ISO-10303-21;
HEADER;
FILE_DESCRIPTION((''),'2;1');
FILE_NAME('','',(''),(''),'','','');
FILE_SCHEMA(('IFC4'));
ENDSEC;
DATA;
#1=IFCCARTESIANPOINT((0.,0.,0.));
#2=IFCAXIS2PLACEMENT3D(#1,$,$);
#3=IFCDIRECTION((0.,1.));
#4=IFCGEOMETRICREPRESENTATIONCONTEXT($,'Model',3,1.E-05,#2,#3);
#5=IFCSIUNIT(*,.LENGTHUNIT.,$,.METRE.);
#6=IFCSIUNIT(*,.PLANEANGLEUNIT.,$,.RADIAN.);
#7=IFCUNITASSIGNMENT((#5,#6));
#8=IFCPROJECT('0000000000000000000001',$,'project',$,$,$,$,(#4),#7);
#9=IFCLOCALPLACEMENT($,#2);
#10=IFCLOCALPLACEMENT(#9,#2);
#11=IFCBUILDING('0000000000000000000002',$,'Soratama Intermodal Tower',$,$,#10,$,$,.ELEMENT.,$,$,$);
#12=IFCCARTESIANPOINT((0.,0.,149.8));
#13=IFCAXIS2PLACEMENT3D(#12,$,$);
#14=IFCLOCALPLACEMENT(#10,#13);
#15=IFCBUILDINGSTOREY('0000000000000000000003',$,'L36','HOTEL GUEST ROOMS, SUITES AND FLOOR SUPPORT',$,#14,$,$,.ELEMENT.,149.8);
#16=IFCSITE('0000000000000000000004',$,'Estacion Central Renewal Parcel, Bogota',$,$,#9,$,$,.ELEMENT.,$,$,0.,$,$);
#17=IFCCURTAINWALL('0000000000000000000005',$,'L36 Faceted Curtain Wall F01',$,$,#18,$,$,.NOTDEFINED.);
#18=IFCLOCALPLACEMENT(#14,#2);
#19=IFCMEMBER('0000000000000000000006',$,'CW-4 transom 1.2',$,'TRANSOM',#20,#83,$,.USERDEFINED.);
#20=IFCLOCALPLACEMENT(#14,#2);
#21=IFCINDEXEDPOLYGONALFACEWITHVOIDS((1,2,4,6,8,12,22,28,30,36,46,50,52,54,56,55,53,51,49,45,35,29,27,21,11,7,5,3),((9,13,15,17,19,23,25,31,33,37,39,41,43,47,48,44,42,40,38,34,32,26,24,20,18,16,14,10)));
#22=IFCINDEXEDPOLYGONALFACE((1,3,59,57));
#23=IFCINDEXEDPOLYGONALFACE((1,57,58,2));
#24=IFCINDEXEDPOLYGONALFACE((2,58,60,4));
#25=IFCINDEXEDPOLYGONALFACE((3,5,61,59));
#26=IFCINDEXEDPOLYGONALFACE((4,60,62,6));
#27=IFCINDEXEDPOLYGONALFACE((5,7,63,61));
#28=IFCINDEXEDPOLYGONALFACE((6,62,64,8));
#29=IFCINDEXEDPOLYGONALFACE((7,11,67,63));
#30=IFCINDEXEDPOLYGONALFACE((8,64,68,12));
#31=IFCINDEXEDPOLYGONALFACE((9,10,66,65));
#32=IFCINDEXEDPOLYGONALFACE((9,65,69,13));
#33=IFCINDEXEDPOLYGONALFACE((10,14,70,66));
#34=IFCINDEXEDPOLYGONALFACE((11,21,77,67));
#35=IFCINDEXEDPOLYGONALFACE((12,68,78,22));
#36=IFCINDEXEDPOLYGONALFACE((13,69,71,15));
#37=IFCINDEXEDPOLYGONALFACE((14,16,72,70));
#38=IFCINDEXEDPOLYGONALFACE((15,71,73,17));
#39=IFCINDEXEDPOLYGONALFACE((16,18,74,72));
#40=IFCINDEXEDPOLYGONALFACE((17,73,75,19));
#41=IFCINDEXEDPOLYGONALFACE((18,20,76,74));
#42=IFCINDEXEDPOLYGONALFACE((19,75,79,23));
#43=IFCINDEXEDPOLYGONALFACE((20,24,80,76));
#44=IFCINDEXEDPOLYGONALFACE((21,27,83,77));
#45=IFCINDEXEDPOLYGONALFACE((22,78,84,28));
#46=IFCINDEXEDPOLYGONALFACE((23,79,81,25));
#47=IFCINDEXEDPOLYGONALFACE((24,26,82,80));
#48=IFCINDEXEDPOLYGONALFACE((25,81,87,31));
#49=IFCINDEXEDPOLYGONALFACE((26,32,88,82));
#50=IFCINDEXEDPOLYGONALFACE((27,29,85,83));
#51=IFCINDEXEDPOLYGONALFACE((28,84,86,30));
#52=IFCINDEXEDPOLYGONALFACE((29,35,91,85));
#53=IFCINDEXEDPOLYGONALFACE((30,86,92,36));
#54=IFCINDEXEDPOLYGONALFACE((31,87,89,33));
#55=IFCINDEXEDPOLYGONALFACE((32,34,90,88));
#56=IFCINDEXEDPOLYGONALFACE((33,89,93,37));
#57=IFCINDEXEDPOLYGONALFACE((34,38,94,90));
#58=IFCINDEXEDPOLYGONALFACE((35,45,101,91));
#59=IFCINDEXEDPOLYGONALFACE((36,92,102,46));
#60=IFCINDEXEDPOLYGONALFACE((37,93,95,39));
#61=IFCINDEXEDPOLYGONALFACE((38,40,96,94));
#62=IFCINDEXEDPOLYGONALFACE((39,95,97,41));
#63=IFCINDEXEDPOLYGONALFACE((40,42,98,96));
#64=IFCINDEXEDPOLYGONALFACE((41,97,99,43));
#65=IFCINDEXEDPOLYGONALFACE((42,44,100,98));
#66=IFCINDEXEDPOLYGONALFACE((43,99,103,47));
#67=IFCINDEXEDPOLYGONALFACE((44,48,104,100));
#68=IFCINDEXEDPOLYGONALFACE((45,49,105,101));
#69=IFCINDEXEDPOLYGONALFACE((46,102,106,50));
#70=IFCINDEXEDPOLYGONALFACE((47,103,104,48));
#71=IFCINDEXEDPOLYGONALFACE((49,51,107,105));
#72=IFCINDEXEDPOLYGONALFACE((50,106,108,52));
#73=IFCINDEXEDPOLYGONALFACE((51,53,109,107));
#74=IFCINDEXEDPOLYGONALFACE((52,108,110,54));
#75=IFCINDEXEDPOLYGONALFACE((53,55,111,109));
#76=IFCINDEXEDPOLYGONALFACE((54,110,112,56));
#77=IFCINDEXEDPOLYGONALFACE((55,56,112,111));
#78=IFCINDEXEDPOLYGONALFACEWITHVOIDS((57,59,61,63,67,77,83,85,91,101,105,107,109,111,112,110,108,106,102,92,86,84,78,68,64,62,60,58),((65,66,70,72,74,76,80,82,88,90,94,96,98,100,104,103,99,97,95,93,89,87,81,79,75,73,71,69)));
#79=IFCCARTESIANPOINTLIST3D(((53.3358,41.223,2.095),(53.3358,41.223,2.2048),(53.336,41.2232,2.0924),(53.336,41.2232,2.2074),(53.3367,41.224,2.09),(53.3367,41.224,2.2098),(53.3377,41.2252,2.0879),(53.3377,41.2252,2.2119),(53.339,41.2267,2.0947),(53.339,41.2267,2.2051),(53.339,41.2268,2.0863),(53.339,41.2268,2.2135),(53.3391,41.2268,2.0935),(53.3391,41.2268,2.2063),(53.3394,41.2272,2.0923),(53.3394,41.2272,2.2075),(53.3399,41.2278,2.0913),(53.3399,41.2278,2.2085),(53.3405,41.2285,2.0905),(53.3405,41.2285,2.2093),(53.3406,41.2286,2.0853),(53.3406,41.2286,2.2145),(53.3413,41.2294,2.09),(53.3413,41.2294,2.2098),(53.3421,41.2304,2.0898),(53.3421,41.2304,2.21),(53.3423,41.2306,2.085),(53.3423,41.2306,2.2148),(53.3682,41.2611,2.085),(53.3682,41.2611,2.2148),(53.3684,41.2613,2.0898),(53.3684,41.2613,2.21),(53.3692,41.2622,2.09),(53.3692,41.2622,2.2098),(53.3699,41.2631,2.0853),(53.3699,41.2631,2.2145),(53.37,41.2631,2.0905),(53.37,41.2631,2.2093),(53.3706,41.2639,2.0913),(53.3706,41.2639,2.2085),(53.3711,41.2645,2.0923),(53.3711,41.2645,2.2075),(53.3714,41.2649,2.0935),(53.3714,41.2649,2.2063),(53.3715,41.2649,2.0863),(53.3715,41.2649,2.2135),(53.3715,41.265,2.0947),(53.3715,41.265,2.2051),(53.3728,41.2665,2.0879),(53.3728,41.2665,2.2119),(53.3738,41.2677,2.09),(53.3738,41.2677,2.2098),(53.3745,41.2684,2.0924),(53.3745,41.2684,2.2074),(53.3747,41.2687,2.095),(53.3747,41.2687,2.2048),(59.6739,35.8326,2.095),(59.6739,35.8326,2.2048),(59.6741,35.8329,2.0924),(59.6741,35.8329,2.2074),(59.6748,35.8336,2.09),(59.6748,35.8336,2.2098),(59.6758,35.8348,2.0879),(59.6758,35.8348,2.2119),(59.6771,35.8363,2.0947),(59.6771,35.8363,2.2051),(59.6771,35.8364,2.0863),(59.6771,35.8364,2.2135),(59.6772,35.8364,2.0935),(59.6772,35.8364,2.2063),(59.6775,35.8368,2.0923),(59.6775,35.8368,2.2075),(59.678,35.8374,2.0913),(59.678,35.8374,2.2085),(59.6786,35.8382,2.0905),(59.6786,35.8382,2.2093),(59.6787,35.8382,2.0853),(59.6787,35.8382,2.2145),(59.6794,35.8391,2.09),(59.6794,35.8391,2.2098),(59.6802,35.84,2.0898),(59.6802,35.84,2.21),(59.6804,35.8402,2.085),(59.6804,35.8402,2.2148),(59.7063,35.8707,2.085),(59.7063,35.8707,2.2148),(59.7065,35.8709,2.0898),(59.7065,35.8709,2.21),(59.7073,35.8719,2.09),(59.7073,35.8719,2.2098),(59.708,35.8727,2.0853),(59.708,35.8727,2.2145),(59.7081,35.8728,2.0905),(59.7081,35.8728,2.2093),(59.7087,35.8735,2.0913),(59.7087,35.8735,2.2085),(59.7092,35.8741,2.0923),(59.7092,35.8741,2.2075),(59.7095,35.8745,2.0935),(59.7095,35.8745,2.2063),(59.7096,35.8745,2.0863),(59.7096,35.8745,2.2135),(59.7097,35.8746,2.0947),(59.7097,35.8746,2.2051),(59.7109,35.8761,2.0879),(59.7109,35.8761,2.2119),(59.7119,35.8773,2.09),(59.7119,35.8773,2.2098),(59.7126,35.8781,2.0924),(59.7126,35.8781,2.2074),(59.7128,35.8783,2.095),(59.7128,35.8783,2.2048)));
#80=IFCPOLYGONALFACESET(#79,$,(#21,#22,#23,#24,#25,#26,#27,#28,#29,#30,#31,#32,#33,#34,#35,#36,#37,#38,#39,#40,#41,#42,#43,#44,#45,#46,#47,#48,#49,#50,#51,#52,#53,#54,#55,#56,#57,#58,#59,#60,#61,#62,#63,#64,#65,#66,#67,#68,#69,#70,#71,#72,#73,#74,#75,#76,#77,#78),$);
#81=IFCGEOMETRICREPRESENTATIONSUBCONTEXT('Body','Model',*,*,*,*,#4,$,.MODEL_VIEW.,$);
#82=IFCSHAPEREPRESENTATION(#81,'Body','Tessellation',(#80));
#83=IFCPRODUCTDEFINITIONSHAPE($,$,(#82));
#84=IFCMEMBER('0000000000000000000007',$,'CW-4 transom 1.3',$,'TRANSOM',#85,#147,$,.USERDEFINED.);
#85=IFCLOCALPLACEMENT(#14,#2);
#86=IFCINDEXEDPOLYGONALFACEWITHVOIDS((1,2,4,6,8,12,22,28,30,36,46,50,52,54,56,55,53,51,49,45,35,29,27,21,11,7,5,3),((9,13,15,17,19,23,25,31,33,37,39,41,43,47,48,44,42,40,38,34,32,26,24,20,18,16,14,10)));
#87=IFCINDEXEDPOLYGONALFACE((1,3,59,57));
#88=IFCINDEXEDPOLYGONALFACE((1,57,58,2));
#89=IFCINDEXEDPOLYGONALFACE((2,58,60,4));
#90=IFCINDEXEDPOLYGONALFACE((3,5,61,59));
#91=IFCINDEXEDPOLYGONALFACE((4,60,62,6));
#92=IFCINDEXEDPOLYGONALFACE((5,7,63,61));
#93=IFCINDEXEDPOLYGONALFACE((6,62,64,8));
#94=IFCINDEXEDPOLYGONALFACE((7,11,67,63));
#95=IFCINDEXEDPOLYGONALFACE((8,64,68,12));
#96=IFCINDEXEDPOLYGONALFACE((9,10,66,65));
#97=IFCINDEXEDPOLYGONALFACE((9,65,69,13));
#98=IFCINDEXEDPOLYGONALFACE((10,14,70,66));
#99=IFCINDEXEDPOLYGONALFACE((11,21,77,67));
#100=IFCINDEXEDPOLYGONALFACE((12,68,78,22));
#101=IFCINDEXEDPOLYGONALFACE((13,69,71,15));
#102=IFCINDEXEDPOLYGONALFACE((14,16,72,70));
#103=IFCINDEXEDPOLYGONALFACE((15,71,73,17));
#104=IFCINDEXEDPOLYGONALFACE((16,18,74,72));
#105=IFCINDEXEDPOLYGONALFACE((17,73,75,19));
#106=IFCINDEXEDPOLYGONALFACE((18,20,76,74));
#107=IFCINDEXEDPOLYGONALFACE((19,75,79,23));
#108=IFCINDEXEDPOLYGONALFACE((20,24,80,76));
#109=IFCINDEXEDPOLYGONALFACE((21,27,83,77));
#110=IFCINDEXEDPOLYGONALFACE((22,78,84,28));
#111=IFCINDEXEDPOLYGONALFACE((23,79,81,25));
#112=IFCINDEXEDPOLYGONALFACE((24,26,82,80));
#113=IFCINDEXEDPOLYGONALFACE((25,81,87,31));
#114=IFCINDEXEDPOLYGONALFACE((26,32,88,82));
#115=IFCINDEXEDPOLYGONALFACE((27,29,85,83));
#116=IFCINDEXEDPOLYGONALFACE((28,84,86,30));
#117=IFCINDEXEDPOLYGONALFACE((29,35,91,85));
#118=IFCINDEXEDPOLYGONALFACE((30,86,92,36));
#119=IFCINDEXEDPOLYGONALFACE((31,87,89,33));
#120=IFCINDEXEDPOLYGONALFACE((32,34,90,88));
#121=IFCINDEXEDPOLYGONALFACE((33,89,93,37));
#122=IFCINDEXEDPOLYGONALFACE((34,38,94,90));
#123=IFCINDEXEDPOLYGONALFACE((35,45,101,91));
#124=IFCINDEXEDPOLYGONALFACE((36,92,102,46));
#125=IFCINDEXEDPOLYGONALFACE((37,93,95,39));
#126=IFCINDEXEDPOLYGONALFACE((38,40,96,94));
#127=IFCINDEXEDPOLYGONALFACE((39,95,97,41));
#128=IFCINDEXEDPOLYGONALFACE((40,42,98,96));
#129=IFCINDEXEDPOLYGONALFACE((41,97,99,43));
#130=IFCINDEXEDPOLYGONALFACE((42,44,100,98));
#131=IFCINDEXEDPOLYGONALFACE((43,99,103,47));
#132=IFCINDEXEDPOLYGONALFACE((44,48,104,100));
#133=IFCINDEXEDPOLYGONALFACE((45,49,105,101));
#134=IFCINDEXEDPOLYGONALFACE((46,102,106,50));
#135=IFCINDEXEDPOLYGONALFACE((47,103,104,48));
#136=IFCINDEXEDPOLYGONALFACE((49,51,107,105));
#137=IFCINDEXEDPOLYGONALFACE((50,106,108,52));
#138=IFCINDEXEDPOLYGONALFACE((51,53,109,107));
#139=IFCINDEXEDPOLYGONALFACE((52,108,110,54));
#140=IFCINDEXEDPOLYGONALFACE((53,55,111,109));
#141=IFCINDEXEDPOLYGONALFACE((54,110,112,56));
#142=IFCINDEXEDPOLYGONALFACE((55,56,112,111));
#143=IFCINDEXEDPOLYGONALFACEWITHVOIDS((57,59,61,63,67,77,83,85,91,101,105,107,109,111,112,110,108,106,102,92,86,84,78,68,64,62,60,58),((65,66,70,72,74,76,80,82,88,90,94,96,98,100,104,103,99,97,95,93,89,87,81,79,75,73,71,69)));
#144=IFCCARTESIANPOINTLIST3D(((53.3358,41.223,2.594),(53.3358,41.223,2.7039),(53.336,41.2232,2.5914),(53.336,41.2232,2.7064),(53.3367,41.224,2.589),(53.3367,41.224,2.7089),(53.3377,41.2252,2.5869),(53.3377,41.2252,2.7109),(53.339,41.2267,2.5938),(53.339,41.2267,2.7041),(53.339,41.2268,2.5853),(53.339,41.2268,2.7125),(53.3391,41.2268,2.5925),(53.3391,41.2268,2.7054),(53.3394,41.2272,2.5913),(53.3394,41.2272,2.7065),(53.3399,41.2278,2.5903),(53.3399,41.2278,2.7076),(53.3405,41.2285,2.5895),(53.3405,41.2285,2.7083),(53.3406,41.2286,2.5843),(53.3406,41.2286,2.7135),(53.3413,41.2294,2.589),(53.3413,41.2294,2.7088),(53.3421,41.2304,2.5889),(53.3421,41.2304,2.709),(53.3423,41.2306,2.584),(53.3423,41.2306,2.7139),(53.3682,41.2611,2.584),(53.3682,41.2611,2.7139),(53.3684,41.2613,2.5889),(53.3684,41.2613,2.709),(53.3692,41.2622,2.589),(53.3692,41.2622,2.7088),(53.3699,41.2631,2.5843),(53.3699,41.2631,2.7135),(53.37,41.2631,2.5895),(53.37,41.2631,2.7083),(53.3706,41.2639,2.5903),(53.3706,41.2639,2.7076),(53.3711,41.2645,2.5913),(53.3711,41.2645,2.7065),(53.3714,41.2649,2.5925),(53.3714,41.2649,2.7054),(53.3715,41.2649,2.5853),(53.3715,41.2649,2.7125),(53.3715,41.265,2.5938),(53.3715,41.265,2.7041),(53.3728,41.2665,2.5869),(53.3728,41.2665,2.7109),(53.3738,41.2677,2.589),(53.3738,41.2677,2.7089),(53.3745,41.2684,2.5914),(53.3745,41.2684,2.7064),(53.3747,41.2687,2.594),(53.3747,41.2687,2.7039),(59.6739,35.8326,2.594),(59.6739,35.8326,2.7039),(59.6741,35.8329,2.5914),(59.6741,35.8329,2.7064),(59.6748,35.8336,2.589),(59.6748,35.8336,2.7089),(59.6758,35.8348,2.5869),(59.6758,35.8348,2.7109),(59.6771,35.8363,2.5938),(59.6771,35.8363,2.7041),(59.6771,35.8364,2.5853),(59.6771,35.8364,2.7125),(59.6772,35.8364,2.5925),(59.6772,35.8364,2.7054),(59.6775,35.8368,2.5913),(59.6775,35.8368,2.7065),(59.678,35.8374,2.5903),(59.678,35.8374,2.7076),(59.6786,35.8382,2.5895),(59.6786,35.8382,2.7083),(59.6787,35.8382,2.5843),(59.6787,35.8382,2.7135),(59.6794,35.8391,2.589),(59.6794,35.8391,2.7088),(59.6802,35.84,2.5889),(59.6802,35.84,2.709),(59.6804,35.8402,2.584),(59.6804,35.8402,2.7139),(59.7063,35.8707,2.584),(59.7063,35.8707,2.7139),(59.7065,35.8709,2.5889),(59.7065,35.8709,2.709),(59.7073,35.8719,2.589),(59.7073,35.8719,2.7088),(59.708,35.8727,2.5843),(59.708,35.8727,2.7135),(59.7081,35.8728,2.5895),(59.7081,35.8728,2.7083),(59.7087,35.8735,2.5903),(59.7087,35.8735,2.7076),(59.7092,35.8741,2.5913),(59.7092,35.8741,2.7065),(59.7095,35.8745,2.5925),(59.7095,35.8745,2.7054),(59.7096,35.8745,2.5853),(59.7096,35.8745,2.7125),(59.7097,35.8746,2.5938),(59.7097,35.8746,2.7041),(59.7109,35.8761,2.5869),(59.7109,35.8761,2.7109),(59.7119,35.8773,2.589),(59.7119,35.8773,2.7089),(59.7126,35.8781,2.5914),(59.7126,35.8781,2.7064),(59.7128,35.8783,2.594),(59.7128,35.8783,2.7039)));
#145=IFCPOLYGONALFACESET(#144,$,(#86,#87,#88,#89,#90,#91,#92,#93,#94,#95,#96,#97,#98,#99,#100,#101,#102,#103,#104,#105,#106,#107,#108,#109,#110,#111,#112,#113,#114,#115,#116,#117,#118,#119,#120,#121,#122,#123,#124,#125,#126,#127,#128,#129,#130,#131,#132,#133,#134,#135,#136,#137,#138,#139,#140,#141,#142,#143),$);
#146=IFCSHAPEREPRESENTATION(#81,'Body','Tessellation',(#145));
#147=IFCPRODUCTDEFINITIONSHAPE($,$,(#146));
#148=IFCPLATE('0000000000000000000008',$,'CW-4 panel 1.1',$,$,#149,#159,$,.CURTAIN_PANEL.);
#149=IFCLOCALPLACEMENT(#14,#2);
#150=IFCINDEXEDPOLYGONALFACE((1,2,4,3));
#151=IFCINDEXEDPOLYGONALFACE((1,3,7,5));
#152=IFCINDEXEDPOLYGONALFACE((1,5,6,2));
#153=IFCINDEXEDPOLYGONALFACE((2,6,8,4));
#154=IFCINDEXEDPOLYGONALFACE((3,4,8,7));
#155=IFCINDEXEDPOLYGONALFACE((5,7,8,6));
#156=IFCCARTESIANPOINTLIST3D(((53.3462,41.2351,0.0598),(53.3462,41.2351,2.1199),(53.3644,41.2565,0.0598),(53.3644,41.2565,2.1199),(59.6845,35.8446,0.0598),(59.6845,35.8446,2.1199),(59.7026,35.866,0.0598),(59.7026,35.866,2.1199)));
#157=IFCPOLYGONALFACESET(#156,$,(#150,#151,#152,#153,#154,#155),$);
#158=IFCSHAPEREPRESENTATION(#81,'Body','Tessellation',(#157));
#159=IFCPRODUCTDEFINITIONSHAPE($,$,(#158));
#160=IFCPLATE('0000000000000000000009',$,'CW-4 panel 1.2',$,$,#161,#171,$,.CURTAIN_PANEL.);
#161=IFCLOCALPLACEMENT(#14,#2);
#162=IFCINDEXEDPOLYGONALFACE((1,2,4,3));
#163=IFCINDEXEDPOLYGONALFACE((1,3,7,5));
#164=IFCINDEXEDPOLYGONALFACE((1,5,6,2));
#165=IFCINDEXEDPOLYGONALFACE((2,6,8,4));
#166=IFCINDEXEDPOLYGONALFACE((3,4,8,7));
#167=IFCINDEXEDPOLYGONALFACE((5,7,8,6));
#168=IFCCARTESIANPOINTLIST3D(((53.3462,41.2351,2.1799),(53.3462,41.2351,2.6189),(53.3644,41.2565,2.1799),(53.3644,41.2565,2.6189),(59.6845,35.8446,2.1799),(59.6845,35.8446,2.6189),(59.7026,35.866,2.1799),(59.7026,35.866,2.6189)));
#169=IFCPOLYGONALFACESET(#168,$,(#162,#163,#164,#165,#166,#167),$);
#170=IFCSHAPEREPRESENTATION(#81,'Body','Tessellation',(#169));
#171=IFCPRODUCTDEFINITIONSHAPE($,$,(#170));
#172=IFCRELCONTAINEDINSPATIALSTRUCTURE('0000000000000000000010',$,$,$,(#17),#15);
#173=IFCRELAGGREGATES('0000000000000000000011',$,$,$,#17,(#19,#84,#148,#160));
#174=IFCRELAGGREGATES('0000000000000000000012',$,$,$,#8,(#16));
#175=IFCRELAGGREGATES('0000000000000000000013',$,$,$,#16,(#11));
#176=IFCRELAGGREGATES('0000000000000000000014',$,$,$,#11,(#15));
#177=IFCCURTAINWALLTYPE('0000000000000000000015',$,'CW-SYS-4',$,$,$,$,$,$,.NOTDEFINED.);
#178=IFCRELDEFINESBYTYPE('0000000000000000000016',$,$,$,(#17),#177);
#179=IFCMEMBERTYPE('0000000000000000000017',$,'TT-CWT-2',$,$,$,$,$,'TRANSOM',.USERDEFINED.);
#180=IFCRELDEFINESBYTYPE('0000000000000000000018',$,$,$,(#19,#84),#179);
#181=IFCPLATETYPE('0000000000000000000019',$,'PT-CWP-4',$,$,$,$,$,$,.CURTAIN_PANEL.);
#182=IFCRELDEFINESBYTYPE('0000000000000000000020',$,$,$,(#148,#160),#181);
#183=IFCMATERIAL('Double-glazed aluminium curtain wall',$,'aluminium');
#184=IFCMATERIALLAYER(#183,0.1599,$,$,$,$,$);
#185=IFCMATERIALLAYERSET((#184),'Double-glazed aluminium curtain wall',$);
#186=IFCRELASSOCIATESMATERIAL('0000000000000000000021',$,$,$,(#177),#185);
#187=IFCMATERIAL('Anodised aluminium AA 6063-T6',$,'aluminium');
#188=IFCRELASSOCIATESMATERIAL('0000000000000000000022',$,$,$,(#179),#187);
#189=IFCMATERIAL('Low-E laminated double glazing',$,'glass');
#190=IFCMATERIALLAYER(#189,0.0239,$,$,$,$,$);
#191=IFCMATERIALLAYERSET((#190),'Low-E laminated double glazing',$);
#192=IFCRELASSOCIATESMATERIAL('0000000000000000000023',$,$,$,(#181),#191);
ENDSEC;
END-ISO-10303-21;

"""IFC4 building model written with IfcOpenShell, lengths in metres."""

from ifc_helpers import new_model, si_unit, direction, frame, origin, origin_2d, place, context, subcontext, project, spatial, rectangle, hollow_rectangle, extrude, material, layer, layer_set, material_profile, profile_set, type_object, element, aggregate, save


model = new_model("IFC4")

# Units and contexts
model_context = context("Model", 3, precision=1e-05, world=origin(), true_north=direction((0.0, 1.0)))
body_context = subcontext(model_context, "Body", "Model", "MODEL_VIEW")
ifc_project = project(units=[si_unit("LENGTHUNIT", "METRE"), si_unit("PLANEANGLEUNIT", "RADIAN")], contexts=[model_context])

# Site, building, storey
site_placement = place(None, origin())
site = spatial("IfcSite", under=ifc_project, at=site_placement, Name="Estacion Central Renewal Parcel, Bogota", CompositionType="ELEMENT", RefElevation=0.0)
building_placement = place(site_placement, origin())
building = spatial("IfcBuilding", under=site, at=building_placement, Name="Soratama Intermodal Tower", CompositionType="ELEMENT")
storey_placement = place(building_placement, frame((0.0, 0.0, 149.8)))
storey = spatial("IfcBuildingStorey", under=building, at=storey_placement, Name="L36", Description="HOTEL GUEST ROOMS, SUITES AND FLOOR SUPPORT", CompositionType="ELEMENT", Elevation=149.8)

# Curtain wall, members, plates
ifc_material_1 = material(Name="Double-glazed aluminium curtain wall", Category="aluminium")
ifc_layer_1 = layer(ifc_material_1, 0.1599)
ifc_layer_set_1 = layer_set([ifc_layer_1], Name="Double-glazed aluminium curtain wall")
curtain_wall_type = type_object("IfcCurtainWallType", Name="CW-SYS-4", PredefinedType="NOTDEFINED", material=ifc_layer_set_1)
curtain_wall_placement = place(storey_placement, origin())
curtain_wall = element("IfcCurtainWall", 1, at=curtain_wall_placement, inside=storey, type_object=curtain_wall_type, Name="L36 Faceted Curtain Wall F01", PredefinedType="NOTDEFINED")
ifc_material_2 = material(Name="Anodised aluminium AA 6063-T6", Category="aluminium")
ifc_material_profile_1 = material_profile(ifc_material_2, hollow_rectangle(XDim=0.0601, YDim=0.1299, WallThickness=0.0049, InnerFilletRadius=0.0049, OuterFilletRadius=0.01, at=origin_2d()), Name="CWT130X60X5")
ifc_profile_set_1 = profile_set([ifc_material_profile_1], Name="Anodised aluminium AA 6063-T6")
member_type_1 = type_object("IfcMemberType", Name="TT-CWT-2", ElementType="TRANSOM", PredefinedType="USERDEFINED", material=ifc_profile_set_1)
member_1_placement = place(storey_placement, frame((59.6934, 35.8555, 2.1499), z_axis=(-0.761763, 0.647855, 0.0), x_axis=(-0.647855, -0.761763, 0.0)))
member_1 = element("IfcMember", 2, at=member_1_placement, type_object=member_type_1, Name="CW-4 transom 1.2", ObjectType="TRANSOM", PredefinedType="USERDEFINED", context=body_context, shape_type="SweptSolid", body=[
    extrude(hollow_rectangle(XDim=0.0601, YDim=0.1299, WallThickness=0.0049, InnerFilletRadius=0.0049, OuterFilletRadius=0.01, at=origin_2d()), origin(), (0.0, 0.0, 1.0), 8.3203),
])
member_2_placement = place(storey_placement, frame((59.6934, 35.8555, 2.6489), z_axis=(-0.761763, 0.647855, 0.0), x_axis=(-0.647855, -0.761763, 0.0)))
member_2 = element("IfcMember", 3, at=member_2_placement, type_object=member_type_1, Name="CW-4 transom 1.3", ObjectType="TRANSOM", PredefinedType="USERDEFINED", context=body_context, shape_type="SweptSolid", body=[
    extrude(hollow_rectangle(XDim=0.0601, YDim=0.1299, WallThickness=0.0049, InnerFilletRadius=0.0049, OuterFilletRadius=0.01, at=origin_2d()), origin(), (0.0, 0.0, 1.0), 8.3203),
])
ifc_material_3 = material(Name="Low-E laminated double glazing", Category="glass")
ifc_layer_2 = layer(ifc_material_3, 0.0239)
ifc_layer_set_2 = layer_set([ifc_layer_2], Name="Low-E laminated double glazing")
plate_type = type_object("IfcPlateType", Name="PT-CWP-4", PredefinedType="CURTAIN_PANEL", material=ifc_layer_set_2)
plate_1_placement = place(storey_placement, frame((56.5244, 38.5505, 0.0598), z_axis=(0.0, 0.0, 1.0), x_axis=(-0.761762, 0.647857, 0.0)))
plate_1 = element("IfcPlate", 4, at=plate_1_placement, type_object=plate_type, Name="CW-4 panel 1.1", PredefinedType="CURTAIN_PANEL", context=body_context, shape_type="SweptSolid", body=[
    extrude(rectangle(XDim=8.3206, YDim=0.0281, at=origin_2d()), origin(), (0.0, 0.0, 1.0), 2.0601),
])
plate_2_placement = place(storey_placement, frame((56.5244, 38.5505, 2.1799), z_axis=(0.0, 0.0, 1.0), x_axis=(-0.761762, 0.647857, 0.0)))
plate_2 = element("IfcPlate", 5, at=plate_2_placement, type_object=plate_type, Name="CW-4 panel 1.2", PredefinedType="CURTAIN_PANEL", context=body_context, shape_type="SweptSolid", body=[
    extrude(rectangle(XDim=8.3206, YDim=0.0281, at=origin_2d()), origin(), (0.0, 0.0, 1.0), 0.439),
])
aggregate(curtain_wall, [member_1, member_2, plate_1, plate_2])

save(model, "model.ifc")
